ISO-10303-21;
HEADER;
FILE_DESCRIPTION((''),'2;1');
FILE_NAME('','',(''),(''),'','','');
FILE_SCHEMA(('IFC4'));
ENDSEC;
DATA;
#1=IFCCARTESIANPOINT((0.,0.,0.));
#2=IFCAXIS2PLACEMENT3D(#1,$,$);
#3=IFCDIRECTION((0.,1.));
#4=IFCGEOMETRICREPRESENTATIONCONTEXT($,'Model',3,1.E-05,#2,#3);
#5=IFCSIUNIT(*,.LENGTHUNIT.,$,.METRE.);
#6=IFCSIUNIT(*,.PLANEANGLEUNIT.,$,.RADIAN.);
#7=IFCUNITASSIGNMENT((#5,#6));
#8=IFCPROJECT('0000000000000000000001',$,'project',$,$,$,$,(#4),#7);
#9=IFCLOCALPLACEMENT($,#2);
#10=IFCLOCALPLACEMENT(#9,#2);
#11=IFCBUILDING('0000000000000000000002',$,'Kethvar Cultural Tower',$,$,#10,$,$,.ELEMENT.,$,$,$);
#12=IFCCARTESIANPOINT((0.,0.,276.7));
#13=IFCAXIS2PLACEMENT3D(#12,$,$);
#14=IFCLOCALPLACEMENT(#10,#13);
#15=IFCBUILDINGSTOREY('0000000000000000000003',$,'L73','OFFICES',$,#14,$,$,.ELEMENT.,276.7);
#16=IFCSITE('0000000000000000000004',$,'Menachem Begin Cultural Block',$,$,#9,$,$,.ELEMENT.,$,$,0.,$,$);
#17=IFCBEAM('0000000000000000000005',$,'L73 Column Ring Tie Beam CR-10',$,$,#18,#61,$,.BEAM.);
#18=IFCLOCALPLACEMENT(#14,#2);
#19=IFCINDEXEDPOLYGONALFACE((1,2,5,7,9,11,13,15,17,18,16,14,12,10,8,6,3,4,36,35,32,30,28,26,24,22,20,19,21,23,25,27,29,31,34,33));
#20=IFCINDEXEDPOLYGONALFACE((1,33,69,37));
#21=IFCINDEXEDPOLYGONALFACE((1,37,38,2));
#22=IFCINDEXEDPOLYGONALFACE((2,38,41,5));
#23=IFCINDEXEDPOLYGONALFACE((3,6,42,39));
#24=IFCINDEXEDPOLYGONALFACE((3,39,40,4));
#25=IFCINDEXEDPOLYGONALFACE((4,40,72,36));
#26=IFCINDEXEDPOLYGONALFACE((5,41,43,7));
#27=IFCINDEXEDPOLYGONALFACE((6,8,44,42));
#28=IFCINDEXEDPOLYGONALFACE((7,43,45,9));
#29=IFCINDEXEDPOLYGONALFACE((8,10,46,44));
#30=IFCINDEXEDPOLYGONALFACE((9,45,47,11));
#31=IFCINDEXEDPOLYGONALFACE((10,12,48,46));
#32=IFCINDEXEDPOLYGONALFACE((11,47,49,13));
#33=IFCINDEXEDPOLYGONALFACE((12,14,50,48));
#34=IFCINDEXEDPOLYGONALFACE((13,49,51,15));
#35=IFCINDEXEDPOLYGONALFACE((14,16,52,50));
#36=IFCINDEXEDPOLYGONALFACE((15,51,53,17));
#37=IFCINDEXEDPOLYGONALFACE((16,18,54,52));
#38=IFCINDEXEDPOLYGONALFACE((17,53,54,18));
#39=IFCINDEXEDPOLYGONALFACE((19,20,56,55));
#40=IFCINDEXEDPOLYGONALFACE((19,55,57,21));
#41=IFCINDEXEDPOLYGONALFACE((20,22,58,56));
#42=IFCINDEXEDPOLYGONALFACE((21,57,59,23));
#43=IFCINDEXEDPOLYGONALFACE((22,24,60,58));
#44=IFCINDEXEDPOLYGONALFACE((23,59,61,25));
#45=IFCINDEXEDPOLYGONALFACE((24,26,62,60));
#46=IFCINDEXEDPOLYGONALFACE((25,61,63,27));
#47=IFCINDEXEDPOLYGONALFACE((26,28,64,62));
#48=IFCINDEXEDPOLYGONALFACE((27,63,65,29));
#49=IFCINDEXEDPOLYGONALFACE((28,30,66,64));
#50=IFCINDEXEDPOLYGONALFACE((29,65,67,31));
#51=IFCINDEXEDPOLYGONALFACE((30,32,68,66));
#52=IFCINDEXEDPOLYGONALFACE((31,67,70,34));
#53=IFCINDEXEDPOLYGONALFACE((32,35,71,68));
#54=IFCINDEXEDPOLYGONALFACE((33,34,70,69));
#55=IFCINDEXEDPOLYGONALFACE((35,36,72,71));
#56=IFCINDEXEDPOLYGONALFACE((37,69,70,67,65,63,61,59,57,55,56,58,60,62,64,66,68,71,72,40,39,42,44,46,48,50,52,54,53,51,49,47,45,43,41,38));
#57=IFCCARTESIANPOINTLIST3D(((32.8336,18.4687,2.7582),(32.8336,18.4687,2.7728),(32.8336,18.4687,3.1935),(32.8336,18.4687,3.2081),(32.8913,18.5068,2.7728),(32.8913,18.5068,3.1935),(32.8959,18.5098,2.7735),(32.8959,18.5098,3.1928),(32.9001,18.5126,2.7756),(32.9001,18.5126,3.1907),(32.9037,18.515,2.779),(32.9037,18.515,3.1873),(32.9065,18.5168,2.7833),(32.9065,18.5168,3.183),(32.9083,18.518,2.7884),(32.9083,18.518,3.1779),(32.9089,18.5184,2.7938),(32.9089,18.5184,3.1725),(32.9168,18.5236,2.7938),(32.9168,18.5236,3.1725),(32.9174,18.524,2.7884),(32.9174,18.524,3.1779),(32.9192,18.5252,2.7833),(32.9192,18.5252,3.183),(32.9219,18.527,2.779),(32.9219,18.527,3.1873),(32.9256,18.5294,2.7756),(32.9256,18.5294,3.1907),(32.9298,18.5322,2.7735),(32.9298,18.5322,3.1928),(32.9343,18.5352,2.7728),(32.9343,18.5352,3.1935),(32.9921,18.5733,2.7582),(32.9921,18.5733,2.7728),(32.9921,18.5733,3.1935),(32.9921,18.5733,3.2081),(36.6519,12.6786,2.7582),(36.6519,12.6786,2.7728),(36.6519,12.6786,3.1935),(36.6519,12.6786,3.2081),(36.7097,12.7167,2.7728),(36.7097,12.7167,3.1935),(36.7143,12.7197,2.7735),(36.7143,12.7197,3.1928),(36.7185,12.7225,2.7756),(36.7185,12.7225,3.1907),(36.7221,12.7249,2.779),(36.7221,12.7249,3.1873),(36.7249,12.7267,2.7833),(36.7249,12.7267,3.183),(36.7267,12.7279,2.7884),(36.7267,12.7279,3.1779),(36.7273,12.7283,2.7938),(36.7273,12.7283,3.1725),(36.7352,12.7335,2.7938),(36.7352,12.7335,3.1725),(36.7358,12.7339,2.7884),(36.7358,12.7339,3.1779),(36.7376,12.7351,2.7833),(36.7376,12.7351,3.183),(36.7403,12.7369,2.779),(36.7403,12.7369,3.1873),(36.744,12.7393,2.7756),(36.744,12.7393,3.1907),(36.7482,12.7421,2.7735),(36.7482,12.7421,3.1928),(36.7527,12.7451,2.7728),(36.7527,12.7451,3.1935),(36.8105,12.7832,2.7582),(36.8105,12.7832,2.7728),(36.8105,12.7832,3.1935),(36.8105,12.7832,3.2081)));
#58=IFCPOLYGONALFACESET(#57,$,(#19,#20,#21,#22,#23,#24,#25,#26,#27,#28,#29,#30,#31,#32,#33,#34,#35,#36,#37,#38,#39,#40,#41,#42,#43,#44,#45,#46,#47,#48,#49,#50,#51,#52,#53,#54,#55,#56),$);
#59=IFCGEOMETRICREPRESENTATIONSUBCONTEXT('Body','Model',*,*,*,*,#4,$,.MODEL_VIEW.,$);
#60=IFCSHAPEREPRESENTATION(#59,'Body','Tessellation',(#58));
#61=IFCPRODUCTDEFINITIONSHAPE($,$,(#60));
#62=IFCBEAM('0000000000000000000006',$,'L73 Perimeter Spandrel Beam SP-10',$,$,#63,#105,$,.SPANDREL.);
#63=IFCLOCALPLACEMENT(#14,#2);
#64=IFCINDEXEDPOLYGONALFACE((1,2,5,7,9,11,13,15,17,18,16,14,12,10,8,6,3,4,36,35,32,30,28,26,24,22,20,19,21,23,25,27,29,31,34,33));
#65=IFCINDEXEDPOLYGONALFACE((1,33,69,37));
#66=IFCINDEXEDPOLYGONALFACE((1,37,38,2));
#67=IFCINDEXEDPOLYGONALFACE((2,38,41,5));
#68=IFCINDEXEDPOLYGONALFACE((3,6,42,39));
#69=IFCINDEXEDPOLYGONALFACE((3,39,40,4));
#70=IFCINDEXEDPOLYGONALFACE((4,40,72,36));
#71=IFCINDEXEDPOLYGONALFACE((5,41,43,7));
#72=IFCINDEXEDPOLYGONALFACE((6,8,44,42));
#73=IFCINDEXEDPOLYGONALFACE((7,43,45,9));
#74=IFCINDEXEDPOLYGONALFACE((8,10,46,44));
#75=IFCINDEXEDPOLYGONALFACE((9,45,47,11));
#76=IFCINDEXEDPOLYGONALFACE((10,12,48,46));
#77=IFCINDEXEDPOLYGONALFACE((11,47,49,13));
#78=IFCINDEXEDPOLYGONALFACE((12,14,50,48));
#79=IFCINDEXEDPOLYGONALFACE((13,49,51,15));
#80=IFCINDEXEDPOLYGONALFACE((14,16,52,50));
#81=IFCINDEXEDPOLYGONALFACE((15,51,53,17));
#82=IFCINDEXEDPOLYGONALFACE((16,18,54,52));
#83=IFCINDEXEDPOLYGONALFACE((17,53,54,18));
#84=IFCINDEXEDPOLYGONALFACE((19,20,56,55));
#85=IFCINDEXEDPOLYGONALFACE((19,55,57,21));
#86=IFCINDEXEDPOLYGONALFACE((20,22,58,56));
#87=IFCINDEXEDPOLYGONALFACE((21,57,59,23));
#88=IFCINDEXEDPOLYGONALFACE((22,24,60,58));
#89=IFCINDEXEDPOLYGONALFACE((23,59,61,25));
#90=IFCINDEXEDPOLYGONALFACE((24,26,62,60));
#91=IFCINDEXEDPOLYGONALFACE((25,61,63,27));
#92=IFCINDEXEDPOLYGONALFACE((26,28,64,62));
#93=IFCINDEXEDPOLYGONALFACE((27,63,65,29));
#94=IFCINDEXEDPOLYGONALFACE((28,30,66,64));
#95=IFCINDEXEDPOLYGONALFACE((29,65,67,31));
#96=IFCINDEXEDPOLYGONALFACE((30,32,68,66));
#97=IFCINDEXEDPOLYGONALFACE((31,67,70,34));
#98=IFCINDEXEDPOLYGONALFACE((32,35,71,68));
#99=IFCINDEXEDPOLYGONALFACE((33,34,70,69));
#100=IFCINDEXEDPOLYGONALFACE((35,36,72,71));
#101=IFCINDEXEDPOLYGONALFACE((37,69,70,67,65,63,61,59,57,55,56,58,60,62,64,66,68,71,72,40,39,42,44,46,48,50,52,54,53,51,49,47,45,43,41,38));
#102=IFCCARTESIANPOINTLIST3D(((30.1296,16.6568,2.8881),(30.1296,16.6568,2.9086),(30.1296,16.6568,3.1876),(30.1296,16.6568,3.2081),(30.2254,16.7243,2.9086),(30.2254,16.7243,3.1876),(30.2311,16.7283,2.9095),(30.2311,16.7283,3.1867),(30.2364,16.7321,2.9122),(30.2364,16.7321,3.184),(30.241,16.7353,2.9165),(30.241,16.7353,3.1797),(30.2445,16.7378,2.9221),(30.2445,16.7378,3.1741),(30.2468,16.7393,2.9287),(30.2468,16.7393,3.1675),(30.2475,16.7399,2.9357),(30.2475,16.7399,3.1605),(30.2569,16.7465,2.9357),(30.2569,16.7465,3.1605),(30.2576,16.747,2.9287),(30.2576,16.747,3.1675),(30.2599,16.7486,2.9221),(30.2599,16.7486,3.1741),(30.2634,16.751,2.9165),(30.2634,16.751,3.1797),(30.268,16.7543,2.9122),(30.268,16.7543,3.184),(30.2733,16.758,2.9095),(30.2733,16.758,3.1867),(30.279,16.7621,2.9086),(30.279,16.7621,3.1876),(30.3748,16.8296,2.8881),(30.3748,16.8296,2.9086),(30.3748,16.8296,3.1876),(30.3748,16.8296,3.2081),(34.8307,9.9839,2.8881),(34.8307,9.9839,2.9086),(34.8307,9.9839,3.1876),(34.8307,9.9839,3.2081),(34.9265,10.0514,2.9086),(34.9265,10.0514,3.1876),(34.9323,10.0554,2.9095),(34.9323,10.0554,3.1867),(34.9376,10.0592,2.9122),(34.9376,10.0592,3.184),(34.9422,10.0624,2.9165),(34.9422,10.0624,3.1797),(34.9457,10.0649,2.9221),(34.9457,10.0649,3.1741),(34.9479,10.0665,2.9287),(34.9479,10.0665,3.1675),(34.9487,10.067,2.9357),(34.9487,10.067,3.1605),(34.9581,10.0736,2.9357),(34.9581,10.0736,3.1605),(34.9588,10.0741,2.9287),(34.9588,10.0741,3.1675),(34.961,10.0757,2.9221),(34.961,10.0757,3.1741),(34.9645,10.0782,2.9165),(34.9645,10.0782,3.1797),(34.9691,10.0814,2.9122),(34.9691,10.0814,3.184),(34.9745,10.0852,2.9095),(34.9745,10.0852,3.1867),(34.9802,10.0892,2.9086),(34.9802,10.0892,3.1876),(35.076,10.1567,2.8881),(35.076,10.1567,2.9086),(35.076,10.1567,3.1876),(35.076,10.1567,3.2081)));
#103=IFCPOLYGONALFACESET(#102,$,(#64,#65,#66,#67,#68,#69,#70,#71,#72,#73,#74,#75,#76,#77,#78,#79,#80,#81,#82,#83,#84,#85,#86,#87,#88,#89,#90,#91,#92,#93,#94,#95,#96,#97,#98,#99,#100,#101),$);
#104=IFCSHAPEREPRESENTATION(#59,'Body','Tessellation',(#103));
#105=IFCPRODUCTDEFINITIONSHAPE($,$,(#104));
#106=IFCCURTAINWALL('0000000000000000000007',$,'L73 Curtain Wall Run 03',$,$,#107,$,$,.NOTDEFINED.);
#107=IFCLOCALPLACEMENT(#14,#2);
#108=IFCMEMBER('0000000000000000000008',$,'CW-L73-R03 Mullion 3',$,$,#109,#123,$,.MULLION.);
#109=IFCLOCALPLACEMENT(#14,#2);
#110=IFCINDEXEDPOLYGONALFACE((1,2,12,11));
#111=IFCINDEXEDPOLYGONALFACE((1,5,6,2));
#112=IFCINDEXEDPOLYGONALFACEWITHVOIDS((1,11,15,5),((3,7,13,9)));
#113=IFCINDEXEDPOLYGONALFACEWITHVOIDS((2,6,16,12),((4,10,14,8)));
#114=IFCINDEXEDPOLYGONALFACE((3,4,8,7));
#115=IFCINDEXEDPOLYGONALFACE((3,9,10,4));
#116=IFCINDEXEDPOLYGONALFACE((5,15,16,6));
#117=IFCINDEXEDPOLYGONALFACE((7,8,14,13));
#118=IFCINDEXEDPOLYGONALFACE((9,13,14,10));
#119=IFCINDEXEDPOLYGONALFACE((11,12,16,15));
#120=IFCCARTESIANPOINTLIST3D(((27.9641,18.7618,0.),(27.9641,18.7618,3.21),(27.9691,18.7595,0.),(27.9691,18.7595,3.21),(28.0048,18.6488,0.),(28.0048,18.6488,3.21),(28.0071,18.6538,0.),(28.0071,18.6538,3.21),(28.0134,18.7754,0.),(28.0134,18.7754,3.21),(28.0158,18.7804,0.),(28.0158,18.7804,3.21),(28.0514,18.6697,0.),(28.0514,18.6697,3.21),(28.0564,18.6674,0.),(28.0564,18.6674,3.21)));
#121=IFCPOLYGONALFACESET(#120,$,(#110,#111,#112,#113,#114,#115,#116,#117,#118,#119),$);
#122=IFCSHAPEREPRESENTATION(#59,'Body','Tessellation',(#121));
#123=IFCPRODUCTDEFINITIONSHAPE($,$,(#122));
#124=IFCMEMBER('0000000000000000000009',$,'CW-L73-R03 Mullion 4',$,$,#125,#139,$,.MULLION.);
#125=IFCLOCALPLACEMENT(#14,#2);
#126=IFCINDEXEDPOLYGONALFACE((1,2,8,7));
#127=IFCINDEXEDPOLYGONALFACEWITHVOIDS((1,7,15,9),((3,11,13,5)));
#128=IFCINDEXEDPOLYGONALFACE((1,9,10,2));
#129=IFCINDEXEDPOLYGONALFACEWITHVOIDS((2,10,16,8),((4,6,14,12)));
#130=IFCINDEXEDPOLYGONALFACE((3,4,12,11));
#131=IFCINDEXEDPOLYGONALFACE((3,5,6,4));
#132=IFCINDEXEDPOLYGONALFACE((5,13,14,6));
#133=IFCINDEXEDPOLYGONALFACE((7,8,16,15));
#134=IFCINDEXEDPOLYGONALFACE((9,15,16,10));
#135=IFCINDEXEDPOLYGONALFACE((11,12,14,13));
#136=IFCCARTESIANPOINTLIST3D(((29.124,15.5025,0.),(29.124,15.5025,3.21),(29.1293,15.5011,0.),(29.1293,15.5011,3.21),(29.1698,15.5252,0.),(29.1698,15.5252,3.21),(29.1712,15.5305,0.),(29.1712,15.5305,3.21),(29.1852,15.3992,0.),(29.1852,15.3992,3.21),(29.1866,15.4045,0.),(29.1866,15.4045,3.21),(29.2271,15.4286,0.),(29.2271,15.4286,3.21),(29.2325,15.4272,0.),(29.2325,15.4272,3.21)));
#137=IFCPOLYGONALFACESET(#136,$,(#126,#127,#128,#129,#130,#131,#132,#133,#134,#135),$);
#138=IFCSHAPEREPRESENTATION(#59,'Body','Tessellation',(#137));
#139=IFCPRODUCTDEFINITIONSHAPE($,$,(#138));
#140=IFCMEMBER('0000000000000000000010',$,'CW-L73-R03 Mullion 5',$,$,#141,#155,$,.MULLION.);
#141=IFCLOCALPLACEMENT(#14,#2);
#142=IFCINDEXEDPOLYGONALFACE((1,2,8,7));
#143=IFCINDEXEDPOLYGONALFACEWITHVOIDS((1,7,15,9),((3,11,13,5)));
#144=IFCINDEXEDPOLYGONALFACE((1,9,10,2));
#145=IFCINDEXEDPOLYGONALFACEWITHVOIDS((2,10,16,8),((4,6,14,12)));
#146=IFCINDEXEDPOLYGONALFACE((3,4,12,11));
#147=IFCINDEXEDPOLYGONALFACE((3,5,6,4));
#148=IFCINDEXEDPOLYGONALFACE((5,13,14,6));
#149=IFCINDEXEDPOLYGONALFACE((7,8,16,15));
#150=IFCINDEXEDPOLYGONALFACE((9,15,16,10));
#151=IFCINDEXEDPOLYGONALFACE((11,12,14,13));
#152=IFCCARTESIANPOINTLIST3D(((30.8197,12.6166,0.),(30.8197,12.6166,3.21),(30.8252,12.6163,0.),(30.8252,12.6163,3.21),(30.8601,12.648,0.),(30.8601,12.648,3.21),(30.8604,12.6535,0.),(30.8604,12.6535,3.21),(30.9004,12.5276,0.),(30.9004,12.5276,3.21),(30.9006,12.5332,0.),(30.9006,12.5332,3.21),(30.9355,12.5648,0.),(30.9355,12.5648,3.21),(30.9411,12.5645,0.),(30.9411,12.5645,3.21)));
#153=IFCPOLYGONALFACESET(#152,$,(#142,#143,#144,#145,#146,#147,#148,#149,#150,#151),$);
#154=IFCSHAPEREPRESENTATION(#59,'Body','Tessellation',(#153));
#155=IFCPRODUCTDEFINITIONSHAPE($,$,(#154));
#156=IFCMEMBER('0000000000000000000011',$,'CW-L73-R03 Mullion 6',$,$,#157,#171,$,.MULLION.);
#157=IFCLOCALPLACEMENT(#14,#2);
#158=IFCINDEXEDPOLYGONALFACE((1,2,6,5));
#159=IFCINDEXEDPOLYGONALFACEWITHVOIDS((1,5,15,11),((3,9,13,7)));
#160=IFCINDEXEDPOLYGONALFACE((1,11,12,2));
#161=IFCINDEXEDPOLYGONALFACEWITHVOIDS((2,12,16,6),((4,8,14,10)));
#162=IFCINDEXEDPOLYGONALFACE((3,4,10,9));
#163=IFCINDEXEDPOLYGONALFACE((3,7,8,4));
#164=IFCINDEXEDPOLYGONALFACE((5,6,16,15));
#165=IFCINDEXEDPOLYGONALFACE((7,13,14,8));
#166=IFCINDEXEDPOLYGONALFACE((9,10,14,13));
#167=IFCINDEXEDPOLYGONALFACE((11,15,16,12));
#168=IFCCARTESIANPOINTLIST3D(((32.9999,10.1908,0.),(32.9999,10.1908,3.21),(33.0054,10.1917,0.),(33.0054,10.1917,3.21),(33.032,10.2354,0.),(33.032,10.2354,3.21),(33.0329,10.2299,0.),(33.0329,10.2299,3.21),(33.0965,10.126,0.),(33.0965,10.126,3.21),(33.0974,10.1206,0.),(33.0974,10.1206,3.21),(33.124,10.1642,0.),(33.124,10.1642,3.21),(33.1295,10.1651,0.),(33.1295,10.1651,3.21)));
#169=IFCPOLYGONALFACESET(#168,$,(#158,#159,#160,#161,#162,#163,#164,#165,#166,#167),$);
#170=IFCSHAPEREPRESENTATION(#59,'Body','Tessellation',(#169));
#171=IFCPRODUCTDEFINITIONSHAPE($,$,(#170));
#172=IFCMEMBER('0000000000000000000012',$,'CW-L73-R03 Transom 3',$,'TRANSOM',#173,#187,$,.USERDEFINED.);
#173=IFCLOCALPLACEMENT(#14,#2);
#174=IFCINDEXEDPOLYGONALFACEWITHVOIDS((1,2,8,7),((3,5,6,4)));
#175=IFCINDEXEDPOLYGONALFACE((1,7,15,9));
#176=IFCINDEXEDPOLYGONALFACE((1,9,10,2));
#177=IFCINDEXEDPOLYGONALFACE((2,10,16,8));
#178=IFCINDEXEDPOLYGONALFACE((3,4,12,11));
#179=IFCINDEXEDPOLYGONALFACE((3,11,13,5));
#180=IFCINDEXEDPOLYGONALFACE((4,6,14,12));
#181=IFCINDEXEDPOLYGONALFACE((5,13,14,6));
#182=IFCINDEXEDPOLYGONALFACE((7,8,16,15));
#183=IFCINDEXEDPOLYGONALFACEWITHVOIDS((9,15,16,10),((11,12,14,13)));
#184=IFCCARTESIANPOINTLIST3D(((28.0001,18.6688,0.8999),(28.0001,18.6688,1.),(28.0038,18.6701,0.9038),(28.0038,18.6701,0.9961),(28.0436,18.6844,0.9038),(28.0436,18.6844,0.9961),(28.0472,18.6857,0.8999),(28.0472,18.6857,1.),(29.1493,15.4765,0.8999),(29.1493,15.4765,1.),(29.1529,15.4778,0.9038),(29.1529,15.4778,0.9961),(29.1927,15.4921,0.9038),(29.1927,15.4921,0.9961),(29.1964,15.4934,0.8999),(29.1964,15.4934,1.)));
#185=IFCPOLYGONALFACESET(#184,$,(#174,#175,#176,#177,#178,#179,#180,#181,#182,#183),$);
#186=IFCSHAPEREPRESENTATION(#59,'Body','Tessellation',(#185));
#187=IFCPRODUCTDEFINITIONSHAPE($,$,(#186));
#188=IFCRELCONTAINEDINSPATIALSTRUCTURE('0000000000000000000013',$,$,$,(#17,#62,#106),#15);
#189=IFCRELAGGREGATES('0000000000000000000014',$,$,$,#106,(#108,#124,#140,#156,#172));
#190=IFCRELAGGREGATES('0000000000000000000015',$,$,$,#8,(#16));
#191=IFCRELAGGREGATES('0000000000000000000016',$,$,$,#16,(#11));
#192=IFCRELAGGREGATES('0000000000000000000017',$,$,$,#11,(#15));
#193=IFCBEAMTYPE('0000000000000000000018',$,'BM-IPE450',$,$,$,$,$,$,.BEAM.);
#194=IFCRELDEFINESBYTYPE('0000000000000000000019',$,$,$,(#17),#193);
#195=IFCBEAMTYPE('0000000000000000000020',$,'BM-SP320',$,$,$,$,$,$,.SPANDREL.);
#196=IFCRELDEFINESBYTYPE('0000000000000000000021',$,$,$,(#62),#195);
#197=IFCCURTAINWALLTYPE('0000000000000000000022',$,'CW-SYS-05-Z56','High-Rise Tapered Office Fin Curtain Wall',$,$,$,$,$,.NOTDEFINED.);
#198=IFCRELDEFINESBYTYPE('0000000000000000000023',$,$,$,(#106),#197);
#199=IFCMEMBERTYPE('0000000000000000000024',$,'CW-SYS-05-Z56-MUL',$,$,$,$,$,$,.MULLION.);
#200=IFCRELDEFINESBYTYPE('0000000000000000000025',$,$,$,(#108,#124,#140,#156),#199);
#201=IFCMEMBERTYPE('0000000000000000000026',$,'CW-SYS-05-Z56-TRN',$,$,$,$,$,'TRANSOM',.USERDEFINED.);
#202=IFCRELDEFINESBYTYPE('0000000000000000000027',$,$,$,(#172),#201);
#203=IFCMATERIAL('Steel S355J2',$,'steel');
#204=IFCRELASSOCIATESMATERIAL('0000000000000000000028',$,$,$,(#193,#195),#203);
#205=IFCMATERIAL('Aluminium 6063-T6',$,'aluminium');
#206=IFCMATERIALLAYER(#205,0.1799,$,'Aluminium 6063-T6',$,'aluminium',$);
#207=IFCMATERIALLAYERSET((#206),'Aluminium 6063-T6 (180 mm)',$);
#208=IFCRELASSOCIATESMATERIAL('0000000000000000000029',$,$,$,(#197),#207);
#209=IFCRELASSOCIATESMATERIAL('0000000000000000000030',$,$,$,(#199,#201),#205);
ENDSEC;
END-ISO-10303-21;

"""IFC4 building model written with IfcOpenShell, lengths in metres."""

from ifc_helpers import new_model, si_unit, direction, frame, origin, origin_2d, place, context, subcontext, project, spatial, hollow_rectangle, i_section, extrude, source, transform, mapped, material, layer, layer_set, material_profile, profile_set, type_object, element, aggregate, save


model = new_model("IFC4")

# Units and contexts
model_context = context("Model", 3, precision=1e-05, world=origin(), true_north=direction((0.0, 1.0)))
body_context = subcontext(model_context, "Body", "Model", "MODEL_VIEW")
ifc_project = project(units=[si_unit("LENGTHUNIT", "METRE"), si_unit("PLANEANGLEUNIT", "RADIAN")], contexts=[model_context])

# Site, building, storey
site_placement = place(None, origin())
site = spatial("IfcSite", under=ifc_project, at=site_placement, Name="Menachem Begin Cultural Block", CompositionType="ELEMENT", RefElevation=0.0)
building_placement = place(site_placement, origin())
building = spatial("IfcBuilding", under=site, at=building_placement, Name="Kethvar Cultural Tower", CompositionType="ELEMENT")
storey_placement = place(building_placement, frame((0.0, 0.0, 276.7)))
storey = spatial("IfcBuildingStorey", under=building, at=storey_placement, Name="L73", Description="OFFICES", CompositionType="ELEMENT", Elevation=276.7)

# Shared definitions
ifc_material_1 = material(Name="Steel S355J2", Category="steel")

# Beams
ifc_material_profile_1 = material_profile(ifc_material_1, i_section(OverallWidth=0.1899, OverallDepth=0.45, WebThickness=0.0095, FlangeThickness=0.0146, FilletRadius=0.021, at=origin_2d()), Name="Steel S355J2 — IPE450")
ifc_profile_set_1 = profile_set([ifc_material_profile_1], Name="Steel S355J2 — IPE450")
beam_type_1 = type_object("IfcBeamType", Name="BM-IPE450", PredefinedType="BEAM", material=ifc_profile_set_1)
ifc_material_profile_2 = material_profile(ifc_material_1, i_section(OverallWidth=0.3, OverallDepth=0.3201, WebThickness=0.0115, FlangeThickness=0.0205, FilletRadius=0.0271, at=origin_2d()), Name="Steel S355J2 — HEB320")
ifc_profile_set_2 = profile_set([ifc_material_profile_2], Name="Steel S355J2 — HEB320")
beam_type_2 = type_object("IfcBeamType", Name="BM-SP320", PredefinedType="SPANDREL", material=ifc_profile_set_2)
shared_shape_1 = source(origin(), body_context, "Body", "SweptSolid", [
    extrude(i_section(OverallWidth=0.1899, OverallDepth=0.45, WebThickness=0.0095, FlangeThickness=0.0146, FilletRadius=0.021, at=origin_2d()), origin(), (0.0, 0.0, 1.0), 6.9358),
])
beam_1_placement = place(storey_placement, frame((32.9128, 18.521, 2.9832), z_axis=(0.550534, -0.834813, 0.0), x_axis=(0.834813, 0.550534, 0.0)))
element("IfcBeam", 1, at=beam_1_placement, inside=storey, type_object=beam_type_1, Name="L73 Column Ring Tie Beam CR-10", PredefinedType="BEAM", context=body_context, shape_type="MappedRepresentation", body=[
    mapped(shared_shape_1, transform((0.0, 0.0, 0.0), scale=1.0)),
])
shared_shape_2 = source(origin(), body_context, "Body", "SweptSolid", [
    extrude(i_section(OverallWidth=0.3, OverallDepth=0.3201, WebThickness=0.0115, FlangeThickness=0.0205, FilletRadius=0.0271, at=origin_2d()), origin(), (0.0, 0.0, 1.0), 8.1626),
])
beam_2_placement = place(storey_placement, frame((30.2522, 16.7432, 3.0481), z_axis=(0.575941, -0.817491, 0.0), x_axis=(0.817491, 0.575941, 0.0)))
element("IfcBeam", 2, at=beam_2_placement, inside=storey, type_object=beam_type_2, Name="L73 Perimeter Spandrel Beam SP-10", PredefinedType="SPANDREL", context=body_context, shape_type="MappedRepresentation", body=[
    mapped(shared_shape_2, transform((0.0, 0.0, 0.0), scale=1.0)),
])

# Curtain wall, members
ifc_material_2 = material(Name="Aluminium 6063-T6", Category="aluminium")
ifc_layer_1 = layer(ifc_material_2, 0.1799, Name="Aluminium 6063-T6", Category="aluminium")
ifc_layer_set_1 = layer_set([ifc_layer_1], Name="Aluminium 6063-T6 (180 mm)")
curtain_wall_type = type_object("IfcCurtainWallType", Name="CW-SYS-05-Z56", Description="High-Rise Tapered Office Fin Curtain Wall", PredefinedType="NOTDEFINED", material=ifc_layer_set_1)
curtain_wall_placement = place(storey_placement, origin())
curtain_wall = element("IfcCurtainWall", 3, at=curtain_wall_placement, inside=storey, type_object=curtain_wall_type, Name="L73 Curtain Wall Run 03", PredefinedType="NOTDEFINED")
ifc_material_profile_3 = material_profile(ifc_material_2, hollow_rectangle(XDim=0.0549, YDim=0.1201, WallThickness=0.0039, at=origin_2d()), Name="Aluminium 6063-T6 — RHS120x55x4")
ifc_profile_set_3 = profile_set([ifc_material_profile_3], Name="Aluminium 6063-T6 — RHS120x55x4")
member_type_1 = type_object("IfcMemberType", Name="CW-SYS-05-Z56-MUL", PredefinedType="MULLION", material=ifc_profile_set_3)
shared_shape_3 = source(origin(), body_context, "Body", "SweptSolid", [
    extrude(hollow_rectangle(XDim=0.0549, YDim=0.1201, WallThickness=0.0039, at=origin_2d()), origin(), (0.0, 0.0, 1.0), 3.21),
])
member_1_placement = place(storey_placement, frame((28.0103, 18.7146, 0.0), z_axis=(0.0, 0.0, 1.0), x_axis=(0.940893, 0.338705, 0.0)))
member_1 = element("IfcMember", 4, at=member_1_placement, type_object=member_type_1, Name="CW-L73-R03 Mullion 3", PredefinedType="MULLION", context=body_context, shape_type="MappedRepresentation", body=[
    mapped(shared_shape_3, transform((0.0, 0.0, 0.0), scale=1.0)),
])
member_2_placement = place(storey_placement, frame((29.1782, 15.4648, 0.0), z_axis=(0.0, 0.0, 1.0), x_axis=(0.860146, 0.510048, 0.0)))
member_2 = element("IfcMember", 5, at=member_2_placement, type_object=member_type_1, Name="CW-L73-R03 Mullion 4", PredefinedType="MULLION", context=body_context, shape_type="MappedRepresentation", body=[
    mapped(shared_shape_3, transform((0.0, 0.0, 0.0), scale=1.0)),
])
member_3_placement = place(storey_placement, frame((30.8804, 12.5906, 0.0), z_axis=(0.0, 0.0, 1.0), x_axis=(0.740805, 0.671721, 0.0)))
member_3 = element("IfcMember", 6, at=member_3_placement, type_object=member_type_1, Name="CW-L73-R03 Mullion 5", PredefinedType="MULLION", context=body_context, shape_type="MappedRepresentation", body=[
    mapped(shared_shape_3, transform((0.0, 0.0, 0.0), scale=1.0)),
])
member_4_placement = place(storey_placement, frame((33.0647, 10.178, 0.0), z_axis=(0.0, 0.0, 1.0), x_axis=(0.58483, 0.811156, 0.0)))
member_4 = element("IfcMember", 7, at=member_4_placement, type_object=member_type_1, Name="CW-L73-R03 Mullion 6", PredefinedType="MULLION", context=body_context, shape_type="MappedRepresentation", body=[
    mapped(shared_shape_3, transform((0.0, 0.0, 0.0), scale=1.0)),
])
ifc_material_profile_4 = material_profile(ifc_material_2, hollow_rectangle(XDim=0.05, YDim=0.1001, WallThickness=0.0039, at=origin_2d()), Name="Aluminium 6063-T6 — RHS100x50x4")
ifc_profile_set_4 = profile_set([ifc_material_profile_4], Name="Aluminium 6063-T6 — RHS100x50x4")
member_type_2 = type_object("IfcMemberType", Name="CW-SYS-05-Z56-TRN", ElementType="TRANSOM", PredefinedType="USERDEFINED", material=ifc_profile_set_4)
shared_shape_4 = source(origin(), body_context, "Body", "SweptSolid", [
    extrude(hollow_rectangle(XDim=0.05, YDim=0.1001, WallThickness=0.0039, at=origin_2d()), origin(), (0.0, 0.0, 1.0), 3.3928),
])
member_5_placement = place(storey_placement, frame((28.0237, 18.6772, 0.95), z_axis=(0.338697, -0.940896, 0.0), x_axis=(0.940896, 0.338697, 0.0)))
member_5 = element("IfcMember", 8, at=member_5_placement, type_object=member_type_2, Name="CW-L73-R03 Transom 3", ObjectType="TRANSOM", PredefinedType="USERDEFINED", context=body_context, shape_type="MappedRepresentation", body=[
    mapped(shared_shape_4, transform((0.0, 0.0, 0.0), scale=1.0)),
])
aggregate(curtain_wall, [member_1, member_2, member_3, member_4, member_5])

save(model, "model.ifc")
